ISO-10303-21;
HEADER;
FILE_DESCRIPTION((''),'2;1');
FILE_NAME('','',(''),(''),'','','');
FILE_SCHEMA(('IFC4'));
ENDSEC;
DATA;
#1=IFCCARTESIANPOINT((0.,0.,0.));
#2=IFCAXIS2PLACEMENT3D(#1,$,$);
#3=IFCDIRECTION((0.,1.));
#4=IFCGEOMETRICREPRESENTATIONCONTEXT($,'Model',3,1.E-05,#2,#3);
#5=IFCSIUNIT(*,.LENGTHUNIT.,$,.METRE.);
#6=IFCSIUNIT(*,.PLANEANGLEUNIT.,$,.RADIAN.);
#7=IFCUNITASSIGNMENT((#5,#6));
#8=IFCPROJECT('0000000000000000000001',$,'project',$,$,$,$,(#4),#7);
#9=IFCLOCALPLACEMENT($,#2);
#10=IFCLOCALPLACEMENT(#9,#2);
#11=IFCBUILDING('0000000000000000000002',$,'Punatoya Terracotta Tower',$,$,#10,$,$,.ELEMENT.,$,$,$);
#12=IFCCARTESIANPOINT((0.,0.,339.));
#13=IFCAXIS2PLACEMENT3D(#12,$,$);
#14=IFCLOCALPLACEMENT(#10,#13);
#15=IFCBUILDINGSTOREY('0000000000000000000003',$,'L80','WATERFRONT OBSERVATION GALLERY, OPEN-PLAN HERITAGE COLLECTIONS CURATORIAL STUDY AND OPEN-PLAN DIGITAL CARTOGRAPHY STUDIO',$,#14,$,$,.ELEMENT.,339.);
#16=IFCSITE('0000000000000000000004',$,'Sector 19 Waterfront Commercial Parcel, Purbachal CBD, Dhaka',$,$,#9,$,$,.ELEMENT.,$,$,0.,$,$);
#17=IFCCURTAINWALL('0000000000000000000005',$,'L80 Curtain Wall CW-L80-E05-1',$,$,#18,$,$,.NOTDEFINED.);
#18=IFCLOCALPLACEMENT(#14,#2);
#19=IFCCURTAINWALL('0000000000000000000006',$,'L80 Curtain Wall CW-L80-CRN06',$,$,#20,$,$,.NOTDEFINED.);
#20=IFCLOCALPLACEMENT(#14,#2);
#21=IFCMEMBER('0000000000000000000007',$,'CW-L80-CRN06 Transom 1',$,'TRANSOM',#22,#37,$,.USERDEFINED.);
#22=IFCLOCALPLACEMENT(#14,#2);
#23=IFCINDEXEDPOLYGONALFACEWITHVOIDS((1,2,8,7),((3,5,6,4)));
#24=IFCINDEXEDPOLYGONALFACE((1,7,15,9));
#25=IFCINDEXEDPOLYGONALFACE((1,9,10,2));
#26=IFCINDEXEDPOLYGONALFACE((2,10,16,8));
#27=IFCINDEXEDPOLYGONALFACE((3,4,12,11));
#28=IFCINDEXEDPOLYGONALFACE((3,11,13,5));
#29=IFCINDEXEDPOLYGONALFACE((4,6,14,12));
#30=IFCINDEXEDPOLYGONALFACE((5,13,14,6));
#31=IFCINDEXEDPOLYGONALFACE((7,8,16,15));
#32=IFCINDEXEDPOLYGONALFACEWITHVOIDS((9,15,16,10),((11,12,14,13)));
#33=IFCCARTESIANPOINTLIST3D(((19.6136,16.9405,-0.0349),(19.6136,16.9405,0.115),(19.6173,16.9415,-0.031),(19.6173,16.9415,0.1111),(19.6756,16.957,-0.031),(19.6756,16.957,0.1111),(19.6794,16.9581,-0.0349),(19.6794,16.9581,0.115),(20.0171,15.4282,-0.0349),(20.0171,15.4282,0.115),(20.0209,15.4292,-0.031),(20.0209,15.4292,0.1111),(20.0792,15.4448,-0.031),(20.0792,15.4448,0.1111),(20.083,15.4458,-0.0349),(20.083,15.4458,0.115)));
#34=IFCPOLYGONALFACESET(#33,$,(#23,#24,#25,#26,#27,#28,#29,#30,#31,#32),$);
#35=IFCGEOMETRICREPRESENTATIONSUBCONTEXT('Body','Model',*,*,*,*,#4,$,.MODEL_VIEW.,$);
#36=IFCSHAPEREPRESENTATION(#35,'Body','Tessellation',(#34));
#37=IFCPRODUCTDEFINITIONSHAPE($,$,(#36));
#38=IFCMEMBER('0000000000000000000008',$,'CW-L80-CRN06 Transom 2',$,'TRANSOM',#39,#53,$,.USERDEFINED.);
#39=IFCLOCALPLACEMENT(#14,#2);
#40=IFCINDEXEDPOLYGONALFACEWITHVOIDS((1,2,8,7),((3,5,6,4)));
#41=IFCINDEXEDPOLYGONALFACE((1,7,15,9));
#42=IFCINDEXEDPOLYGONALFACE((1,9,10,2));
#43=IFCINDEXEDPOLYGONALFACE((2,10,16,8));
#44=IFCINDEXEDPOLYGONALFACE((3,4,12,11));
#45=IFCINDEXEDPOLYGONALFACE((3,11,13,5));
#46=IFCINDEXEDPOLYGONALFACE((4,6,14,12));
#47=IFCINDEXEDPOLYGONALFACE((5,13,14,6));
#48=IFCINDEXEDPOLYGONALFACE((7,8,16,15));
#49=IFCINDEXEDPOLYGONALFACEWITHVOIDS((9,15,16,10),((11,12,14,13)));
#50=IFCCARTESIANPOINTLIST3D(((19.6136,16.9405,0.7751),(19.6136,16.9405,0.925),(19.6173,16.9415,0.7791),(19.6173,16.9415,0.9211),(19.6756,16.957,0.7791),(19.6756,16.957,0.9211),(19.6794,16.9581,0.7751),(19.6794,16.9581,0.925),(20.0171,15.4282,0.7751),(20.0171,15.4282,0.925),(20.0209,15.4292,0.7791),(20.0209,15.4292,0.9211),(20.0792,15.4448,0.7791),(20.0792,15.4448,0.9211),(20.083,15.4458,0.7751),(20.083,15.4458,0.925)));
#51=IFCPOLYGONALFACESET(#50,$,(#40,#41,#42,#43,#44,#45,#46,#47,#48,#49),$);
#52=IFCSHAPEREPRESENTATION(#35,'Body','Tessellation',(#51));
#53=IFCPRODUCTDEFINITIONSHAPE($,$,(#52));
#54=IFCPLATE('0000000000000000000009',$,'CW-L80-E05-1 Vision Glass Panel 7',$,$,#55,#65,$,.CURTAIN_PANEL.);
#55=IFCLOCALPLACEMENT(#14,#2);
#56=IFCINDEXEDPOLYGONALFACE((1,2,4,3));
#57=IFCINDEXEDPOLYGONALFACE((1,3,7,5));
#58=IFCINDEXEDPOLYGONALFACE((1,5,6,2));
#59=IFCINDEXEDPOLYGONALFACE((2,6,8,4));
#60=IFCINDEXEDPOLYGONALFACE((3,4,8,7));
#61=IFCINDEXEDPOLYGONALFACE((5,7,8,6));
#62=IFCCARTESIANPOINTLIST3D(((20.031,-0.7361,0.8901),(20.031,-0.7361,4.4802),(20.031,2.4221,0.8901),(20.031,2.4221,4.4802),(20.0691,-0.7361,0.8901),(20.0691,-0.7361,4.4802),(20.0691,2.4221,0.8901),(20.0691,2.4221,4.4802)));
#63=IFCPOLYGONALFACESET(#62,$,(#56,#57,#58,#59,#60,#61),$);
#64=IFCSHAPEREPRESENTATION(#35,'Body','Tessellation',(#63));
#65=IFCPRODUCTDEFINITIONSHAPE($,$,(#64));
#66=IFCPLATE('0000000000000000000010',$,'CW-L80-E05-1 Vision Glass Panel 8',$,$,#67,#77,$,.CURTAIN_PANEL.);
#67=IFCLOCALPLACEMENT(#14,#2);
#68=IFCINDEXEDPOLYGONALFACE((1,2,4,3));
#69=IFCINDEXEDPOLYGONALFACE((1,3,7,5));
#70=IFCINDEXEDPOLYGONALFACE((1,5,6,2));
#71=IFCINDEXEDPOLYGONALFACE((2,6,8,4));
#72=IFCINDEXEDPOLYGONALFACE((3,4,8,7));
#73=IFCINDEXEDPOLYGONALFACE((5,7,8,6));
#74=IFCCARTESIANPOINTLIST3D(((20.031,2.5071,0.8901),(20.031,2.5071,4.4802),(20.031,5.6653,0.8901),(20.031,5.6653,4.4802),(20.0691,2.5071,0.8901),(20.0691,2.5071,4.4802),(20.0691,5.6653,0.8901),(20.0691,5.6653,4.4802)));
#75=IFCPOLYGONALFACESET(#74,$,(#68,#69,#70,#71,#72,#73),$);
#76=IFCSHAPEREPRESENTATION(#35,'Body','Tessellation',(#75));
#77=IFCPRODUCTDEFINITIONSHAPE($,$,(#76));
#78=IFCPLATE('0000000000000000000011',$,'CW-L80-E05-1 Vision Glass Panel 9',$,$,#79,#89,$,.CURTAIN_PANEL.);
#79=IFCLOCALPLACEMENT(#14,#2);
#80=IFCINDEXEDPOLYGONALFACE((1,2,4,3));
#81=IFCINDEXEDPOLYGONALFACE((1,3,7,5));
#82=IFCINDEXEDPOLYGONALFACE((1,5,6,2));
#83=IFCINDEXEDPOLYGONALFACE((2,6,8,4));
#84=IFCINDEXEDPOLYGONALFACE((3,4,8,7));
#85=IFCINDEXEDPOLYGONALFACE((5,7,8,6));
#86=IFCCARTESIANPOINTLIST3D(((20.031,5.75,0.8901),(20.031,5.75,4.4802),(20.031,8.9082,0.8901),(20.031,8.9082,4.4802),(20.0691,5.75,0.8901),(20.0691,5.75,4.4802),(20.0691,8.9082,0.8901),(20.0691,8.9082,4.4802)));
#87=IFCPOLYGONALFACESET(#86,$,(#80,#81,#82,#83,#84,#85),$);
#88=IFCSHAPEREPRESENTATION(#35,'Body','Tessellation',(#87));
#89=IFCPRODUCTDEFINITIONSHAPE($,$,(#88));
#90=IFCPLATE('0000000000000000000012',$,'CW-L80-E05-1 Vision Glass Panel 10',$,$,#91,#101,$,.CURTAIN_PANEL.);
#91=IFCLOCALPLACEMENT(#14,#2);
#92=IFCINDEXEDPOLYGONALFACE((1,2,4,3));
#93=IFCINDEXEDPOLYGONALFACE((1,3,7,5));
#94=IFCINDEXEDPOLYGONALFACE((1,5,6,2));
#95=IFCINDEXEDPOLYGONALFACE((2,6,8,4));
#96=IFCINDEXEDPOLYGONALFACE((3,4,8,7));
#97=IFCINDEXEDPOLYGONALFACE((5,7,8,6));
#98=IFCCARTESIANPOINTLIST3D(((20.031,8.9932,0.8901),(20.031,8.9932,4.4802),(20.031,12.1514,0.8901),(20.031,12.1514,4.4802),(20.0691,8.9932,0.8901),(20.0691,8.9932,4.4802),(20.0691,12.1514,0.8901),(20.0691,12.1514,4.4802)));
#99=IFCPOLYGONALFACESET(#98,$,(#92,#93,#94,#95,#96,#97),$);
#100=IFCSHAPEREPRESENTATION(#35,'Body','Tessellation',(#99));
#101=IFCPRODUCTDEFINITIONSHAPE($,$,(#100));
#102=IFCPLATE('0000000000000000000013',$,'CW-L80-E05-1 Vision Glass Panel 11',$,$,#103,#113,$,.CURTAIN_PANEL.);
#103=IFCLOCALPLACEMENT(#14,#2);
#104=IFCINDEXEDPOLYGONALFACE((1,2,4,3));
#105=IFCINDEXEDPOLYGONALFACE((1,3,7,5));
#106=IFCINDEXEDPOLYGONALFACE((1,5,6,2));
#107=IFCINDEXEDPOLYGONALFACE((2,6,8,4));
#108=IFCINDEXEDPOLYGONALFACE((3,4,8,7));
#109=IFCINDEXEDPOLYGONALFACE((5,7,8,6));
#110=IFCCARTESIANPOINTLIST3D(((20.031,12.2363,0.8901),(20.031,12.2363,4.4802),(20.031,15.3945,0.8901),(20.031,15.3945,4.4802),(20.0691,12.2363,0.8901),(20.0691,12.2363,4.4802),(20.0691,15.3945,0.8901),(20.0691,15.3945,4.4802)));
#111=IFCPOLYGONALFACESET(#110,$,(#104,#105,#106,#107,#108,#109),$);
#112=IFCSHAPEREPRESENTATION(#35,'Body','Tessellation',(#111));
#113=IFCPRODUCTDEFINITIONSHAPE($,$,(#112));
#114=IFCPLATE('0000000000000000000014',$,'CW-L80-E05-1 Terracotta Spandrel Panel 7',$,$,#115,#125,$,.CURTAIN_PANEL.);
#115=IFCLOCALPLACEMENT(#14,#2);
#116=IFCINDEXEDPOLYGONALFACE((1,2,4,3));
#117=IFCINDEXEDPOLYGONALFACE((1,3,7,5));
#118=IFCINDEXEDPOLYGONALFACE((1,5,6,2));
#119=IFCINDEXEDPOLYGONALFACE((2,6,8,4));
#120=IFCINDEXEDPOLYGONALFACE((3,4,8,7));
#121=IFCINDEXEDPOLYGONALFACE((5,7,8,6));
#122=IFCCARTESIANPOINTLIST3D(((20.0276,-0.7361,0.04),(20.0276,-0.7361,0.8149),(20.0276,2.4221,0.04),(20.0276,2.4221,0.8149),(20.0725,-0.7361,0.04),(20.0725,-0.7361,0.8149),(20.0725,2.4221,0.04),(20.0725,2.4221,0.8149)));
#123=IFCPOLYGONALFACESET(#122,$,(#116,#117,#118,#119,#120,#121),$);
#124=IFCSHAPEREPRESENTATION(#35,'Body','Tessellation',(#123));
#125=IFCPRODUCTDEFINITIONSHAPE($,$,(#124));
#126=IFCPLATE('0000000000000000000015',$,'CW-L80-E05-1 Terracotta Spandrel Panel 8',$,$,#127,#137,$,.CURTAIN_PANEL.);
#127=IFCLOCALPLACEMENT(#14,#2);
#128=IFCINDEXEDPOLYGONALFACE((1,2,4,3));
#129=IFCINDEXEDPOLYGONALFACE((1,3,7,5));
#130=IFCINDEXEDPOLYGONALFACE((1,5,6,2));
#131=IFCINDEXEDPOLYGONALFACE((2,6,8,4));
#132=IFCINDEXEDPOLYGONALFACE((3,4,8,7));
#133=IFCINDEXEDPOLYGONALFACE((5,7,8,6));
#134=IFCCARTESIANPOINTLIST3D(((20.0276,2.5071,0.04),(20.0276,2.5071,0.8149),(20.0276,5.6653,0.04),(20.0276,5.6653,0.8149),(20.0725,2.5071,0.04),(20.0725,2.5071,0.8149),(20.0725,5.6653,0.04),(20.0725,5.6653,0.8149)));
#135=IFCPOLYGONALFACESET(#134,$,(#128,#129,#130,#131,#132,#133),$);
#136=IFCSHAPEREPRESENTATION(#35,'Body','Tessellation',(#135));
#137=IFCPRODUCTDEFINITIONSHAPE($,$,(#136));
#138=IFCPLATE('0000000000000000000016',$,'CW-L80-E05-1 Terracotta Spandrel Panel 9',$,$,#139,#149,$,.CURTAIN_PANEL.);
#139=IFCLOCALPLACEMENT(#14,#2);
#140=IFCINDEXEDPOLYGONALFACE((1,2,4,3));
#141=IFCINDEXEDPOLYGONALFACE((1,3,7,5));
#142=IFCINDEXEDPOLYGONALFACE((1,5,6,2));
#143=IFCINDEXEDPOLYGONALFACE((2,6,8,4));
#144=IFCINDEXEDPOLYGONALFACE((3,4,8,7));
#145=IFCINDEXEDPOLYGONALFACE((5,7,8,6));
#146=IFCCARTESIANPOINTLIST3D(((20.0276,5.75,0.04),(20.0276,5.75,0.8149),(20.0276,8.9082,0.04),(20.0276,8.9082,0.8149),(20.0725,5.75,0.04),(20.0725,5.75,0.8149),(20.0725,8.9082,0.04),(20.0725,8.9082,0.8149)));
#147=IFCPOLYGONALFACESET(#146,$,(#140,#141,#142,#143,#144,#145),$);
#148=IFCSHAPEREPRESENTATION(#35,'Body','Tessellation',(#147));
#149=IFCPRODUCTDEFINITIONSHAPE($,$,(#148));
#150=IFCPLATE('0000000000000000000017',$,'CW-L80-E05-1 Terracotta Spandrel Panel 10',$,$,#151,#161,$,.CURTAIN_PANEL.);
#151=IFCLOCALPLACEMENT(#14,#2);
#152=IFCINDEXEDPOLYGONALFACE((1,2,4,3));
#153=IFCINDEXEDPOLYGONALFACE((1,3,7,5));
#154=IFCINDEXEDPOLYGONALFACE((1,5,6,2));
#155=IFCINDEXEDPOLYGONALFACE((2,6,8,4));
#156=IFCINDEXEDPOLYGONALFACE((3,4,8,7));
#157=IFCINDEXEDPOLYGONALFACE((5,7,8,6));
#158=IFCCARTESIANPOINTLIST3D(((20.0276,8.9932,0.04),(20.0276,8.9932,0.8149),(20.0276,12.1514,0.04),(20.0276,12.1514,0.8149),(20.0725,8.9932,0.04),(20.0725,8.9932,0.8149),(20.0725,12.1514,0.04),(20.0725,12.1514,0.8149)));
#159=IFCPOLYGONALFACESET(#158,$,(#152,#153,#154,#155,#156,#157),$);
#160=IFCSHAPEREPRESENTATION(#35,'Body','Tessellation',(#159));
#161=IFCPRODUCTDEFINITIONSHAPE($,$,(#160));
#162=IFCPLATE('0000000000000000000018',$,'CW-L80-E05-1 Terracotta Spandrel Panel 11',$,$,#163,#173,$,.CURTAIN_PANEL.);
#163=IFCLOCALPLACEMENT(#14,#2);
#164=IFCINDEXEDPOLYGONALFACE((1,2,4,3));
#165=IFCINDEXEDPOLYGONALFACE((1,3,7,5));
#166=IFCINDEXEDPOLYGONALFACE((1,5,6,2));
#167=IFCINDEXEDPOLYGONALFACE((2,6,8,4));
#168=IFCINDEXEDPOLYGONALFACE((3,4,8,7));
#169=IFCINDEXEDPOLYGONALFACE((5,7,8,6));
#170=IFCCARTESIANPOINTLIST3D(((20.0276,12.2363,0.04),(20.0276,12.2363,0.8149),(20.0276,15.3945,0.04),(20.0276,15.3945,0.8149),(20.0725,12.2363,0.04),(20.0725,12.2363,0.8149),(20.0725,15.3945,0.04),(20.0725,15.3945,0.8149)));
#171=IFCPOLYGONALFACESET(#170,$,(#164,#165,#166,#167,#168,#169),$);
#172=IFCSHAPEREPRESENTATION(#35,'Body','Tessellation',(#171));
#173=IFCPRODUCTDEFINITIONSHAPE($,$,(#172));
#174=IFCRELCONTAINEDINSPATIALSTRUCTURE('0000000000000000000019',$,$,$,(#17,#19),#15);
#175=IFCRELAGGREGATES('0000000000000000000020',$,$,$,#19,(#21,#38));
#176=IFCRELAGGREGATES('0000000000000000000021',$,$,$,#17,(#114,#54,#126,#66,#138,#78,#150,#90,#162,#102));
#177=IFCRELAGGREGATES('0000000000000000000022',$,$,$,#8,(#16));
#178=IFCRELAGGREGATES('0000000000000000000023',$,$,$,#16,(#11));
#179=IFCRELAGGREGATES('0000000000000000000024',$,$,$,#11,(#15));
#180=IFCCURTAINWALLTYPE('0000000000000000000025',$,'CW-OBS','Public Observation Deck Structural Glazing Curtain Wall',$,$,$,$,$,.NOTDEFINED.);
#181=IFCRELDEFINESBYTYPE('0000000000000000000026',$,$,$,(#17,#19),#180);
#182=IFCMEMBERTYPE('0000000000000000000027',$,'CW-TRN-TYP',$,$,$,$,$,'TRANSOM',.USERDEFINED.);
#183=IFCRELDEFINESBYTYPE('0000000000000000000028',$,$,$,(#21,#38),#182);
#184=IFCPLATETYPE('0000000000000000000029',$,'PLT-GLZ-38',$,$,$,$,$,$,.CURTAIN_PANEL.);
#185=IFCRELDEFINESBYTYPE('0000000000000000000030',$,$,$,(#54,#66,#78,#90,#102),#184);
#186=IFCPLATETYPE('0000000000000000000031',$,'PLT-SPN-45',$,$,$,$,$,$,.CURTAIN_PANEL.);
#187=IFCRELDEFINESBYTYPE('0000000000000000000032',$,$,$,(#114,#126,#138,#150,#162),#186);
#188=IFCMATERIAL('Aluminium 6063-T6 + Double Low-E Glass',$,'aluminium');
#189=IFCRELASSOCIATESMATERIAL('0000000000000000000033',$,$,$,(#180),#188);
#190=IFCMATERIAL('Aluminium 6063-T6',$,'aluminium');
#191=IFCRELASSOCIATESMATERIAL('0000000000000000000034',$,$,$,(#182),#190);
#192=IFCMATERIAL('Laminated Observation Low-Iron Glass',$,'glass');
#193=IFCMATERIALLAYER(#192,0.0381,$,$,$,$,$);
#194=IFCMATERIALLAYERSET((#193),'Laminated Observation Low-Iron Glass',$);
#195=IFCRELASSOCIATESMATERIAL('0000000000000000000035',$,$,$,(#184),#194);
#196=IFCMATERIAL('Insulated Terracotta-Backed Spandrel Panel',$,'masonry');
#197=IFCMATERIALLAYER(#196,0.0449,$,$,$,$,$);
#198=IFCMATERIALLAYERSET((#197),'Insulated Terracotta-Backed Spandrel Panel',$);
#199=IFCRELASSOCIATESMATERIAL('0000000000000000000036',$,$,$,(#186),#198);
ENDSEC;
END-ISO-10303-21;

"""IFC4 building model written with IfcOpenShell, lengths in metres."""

from ifc_helpers import new_model, si_unit, direction, frame, origin, origin_2d, place, context, subcontext, project, spatial, rectangle, hollow_rectangle, extrude, material, layer, layer_set, material_profile, profile_set, type_object, element, aggregate, save


model = new_model("IFC4")

# Units and contexts
model_context = context("Model", 3, precision=1e-05, world=origin(), true_north=direction((0.0, 1.0)))
body_context = subcontext(model_context, "Body", "Model", "MODEL_VIEW")
ifc_project = project(units=[si_unit("LENGTHUNIT", "METRE"), si_unit("PLANEANGLEUNIT", "RADIAN")], contexts=[model_context])

# Site, building, storey
site_placement = place(None, origin())
site = spatial("IfcSite", under=ifc_project, at=site_placement, Name="Sector 19 Waterfront Commercial Parcel, Purbachal CBD, Dhaka", CompositionType="ELEMENT", RefElevation=0.0)
building_placement = place(site_placement, origin())
building = spatial("IfcBuilding", under=site, at=building_placement, Name="Punatoya Terracotta Tower", CompositionType="ELEMENT")
storey_placement = place(building_placement, frame((0.0, 0.0, 339.0)))
storey = spatial("IfcBuildingStorey", under=building, at=storey_placement, Name="L80", Description="WATERFRONT OBSERVATION GALLERY, OPEN-PLAN HERITAGE COLLECTIONS CURATORIAL STUDY AND OPEN-PLAN DIGITAL CARTOGRAPHY STUDIO", CompositionType="ELEMENT", Elevation=339.0)

# Curtain walls, members
ifc_material_1 = material(Name="Aluminium 6063-T6 + Double Low-E Glass", Category="aluminium")
curtain_wall_type = type_object("IfcCurtainWallType", Name="CW-OBS", Description="Public Observation Deck Structural Glazing Curtain Wall", PredefinedType="NOTDEFINED", material=ifc_material_1)
curtain_wall_1_placement = place(storey_placement, origin())
curtain_wall_1 = element("IfcCurtainWall", 1, at=curtain_wall_1_placement, inside=storey, type_object=curtain_wall_type, Name="L80 Curtain Wall CW-L80-E05-1", PredefinedType="NOTDEFINED")
ifc_material_2 = material(Name="Aluminium 6063-T6", Category="aluminium")
curtain_wall_2_placement = place(storey_placement, origin())
curtain_wall_2 = element("IfcCurtainWall", 2, at=curtain_wall_2_placement, inside=storey, type_object=curtain_wall_type, Name="L80 Curtain Wall CW-L80-CRN06", PredefinedType="NOTDEFINED")
ifc_material_profile_1 = material_profile(ifc_material_2, hollow_rectangle(XDim=0.0681, YDim=0.1499, WallThickness=0.0039, at=origin_2d()))
ifc_profile_set_1 = profile_set([ifc_material_profile_1], Name="Aluminium 6063-T6")
member_type_1 = type_object("IfcMemberType", Name="CW-TRN-TYP", ElementType="TRANSOM", PredefinedType="USERDEFINED", material=ifc_profile_set_1)
member_1_placement = place(storey_placement, frame((20.05, 15.437, 0.04), z_axis=(-0.257847, 0.966186, 0.0), x_axis=(-0.966186, -0.257847, 0.0)))
member_1 = element("IfcMember", 3, at=member_1_placement, type_object=member_type_1, Name="CW-L80-CRN06 Transom 1", ObjectType="TRANSOM", PredefinedType="USERDEFINED", context=body_context, shape_type="SweptSolid", body=[
    extrude(hollow_rectangle(XDim=0.0681, YDim=0.1499, WallThickness=0.0039, at=origin_2d()), origin(), (0.0, 0.0, 1.0), 1.5652),
])
member_2_placement = place(storey_placement, frame((20.05, 15.437, 0.8501), z_axis=(-0.257847, 0.966186, 0.0), x_axis=(-0.966186, -0.257847, 0.0)))
member_2 = element("IfcMember", 4, at=member_2_placement, type_object=member_type_1, Name="CW-L80-CRN06 Transom 2", ObjectType="TRANSOM", PredefinedType="USERDEFINED", context=body_context, shape_type="SweptSolid", body=[
    extrude(hollow_rectangle(XDim=0.0681, YDim=0.1499, WallThickness=0.0039, at=origin_2d()), origin(), (0.0, 0.0, 1.0), 1.5652),
])
aggregate(curtain_wall_2, [member_1, member_2])

# Plates
ifc_material_3 = material(Name="Laminated Observation Low-Iron Glass", Category="glass")
ifc_layer_1 = layer(ifc_material_3, 0.0381)
ifc_layer_set_1 = layer_set([ifc_layer_1], Name="Laminated Observation Low-Iron Glass")
plate_type_1 = type_object("IfcPlateType", Name="PLT-GLZ-38", PredefinedType="CURTAIN_PANEL", material=ifc_layer_set_1)
plate_1_placement = place(storey_placement, frame((20.05, 0.843, 0.8901), z_axis=(0.0, 0.0, 1.0), x_axis=(0.0, 1.0, 0.0)))
plate_1 = element("IfcPlate", 5, at=plate_1_placement, type_object=plate_type_1, Name="CW-L80-E05-1 Vision Glass Panel 7", PredefinedType="CURTAIN_PANEL", context=body_context, shape_type="SweptSolid", body=[
    extrude(rectangle(XDim=3.1582, YDim=0.0381, at=origin_2d()), origin(), (0.0, 0.0, 1.0), 3.5901),
])
plate_2_placement = place(storey_placement, frame((20.05, 4.0862, 0.8901), z_axis=(0.0, 0.0, 1.0), x_axis=(0.0, 1.0, 0.0)))
plate_2 = element("IfcPlate", 6, at=plate_2_placement, type_object=plate_type_1, Name="CW-L80-E05-1 Vision Glass Panel 8", PredefinedType="CURTAIN_PANEL", context=body_context, shape_type="SweptSolid", body=[
    extrude(rectangle(XDim=3.1582, YDim=0.0381, at=origin_2d()), origin(), (0.0, 0.0, 1.0), 3.5901),
])
plate_3_placement = place(storey_placement, frame((20.05, 7.3291, 0.8901), z_axis=(0.0, 0.0, 1.0), x_axis=(0.0, 1.0, 0.0)))
plate_3 = element("IfcPlate", 7, at=plate_3_placement, type_object=plate_type_1, Name="CW-L80-E05-1 Vision Glass Panel 9", PredefinedType="CURTAIN_PANEL", context=body_context, shape_type="SweptSolid", body=[
    extrude(rectangle(XDim=3.1582, YDim=0.0381, at=origin_2d()), origin(), (0.0, 0.0, 1.0), 3.5901),
])
plate_4_placement = place(storey_placement, frame((20.05, 10.5723, 0.8901), z_axis=(0.0, 0.0, 1.0), x_axis=(0.0, 1.0, 0.0)))
plate_4 = element("IfcPlate", 8, at=plate_4_placement, type_object=plate_type_1, Name="CW-L80-E05-1 Vision Glass Panel 10", PredefinedType="CURTAIN_PANEL", context=body_context, shape_type="SweptSolid", body=[
    extrude(rectangle(XDim=3.1582, YDim=0.0381, at=origin_2d()), origin(), (0.0, 0.0, 1.0), 3.5901),
])
plate_5_placement = place(storey_placement, frame((20.05, 13.8154, 0.8901), z_axis=(0.0, 0.0, 1.0), x_axis=(0.0, 1.0, 0.0)))
plate_5 = element("IfcPlate", 9, at=plate_5_placement, type_object=plate_type_1, Name="CW-L80-E05-1 Vision Glass Panel 11", PredefinedType="CURTAIN_PANEL", context=body_context, shape_type="SweptSolid", body=[
    extrude(rectangle(XDim=3.1582, YDim=0.0381, at=origin_2d()), origin(), (0.0, 0.0, 1.0), 3.5901),
])
ifc_material_4 = material(Name="Insulated Terracotta-Backed Spandrel Panel", Category="masonry")
ifc_layer_2 = layer(ifc_material_4, 0.0449)
ifc_layer_set_2 = layer_set([ifc_layer_2], Name="Insulated Terracotta-Backed Spandrel Panel")
plate_type_2 = type_object("IfcPlateType", Name="PLT-SPN-45", PredefinedType="CURTAIN_PANEL", material=ifc_layer_set_2)
plate_6_placement = place(storey_placement, frame((20.05, 0.843, 0.04), z_axis=(0.0, 0.0, 1.0), x_axis=(0.0, 1.0, 0.0)))
plate_6 = element("IfcPlate", 10, at=plate_6_placement, type_object=plate_type_2, Name="CW-L80-E05-1 Terracotta Spandrel Panel 7", PredefinedType="CURTAIN_PANEL", context=body_context, shape_type="SweptSolid", body=[
    extrude(rectangle(XDim=3.1582, YDim=0.0449, at=origin_2d()), origin(), (0.0, 0.0, 1.0), 0.7749),
])
plate_7_placement = place(storey_placement, frame((20.05, 4.0862, 0.04), z_axis=(0.0, 0.0, 1.0), x_axis=(0.0, 1.0, 0.0)))
plate_7 = element("IfcPlate", 11, at=plate_7_placement, type_object=plate_type_2, Name="CW-L80-E05-1 Terracotta Spandrel Panel 8", PredefinedType="CURTAIN_PANEL", context=body_context, shape_type="SweptSolid", body=[
    extrude(rectangle(XDim=3.1582, YDim=0.0449, at=origin_2d()), origin(), (0.0, 0.0, 1.0), 0.7749),
])
plate_8_placement = place(storey_placement, frame((20.05, 7.3291, 0.04), z_axis=(0.0, 0.0, 1.0), x_axis=(0.0, 1.0, 0.0)))
plate_8 = element("IfcPlate", 12, at=plate_8_placement, type_object=plate_type_2, Name="CW-L80-E05-1 Terracotta Spandrel Panel 9", PredefinedType="CURTAIN_PANEL", context=body_context, shape_type="SweptSolid", body=[
    extrude(rectangle(XDim=3.1582, YDim=0.0449, at=origin_2d()), origin(), (0.0, 0.0, 1.0), 0.7749),
])
plate_9_placement = place(storey_placement, frame((20.05, 10.5723, 0.04), z_axis=(0.0, 0.0, 1.0), x_axis=(0.0, 1.0, 0.0)))
plate_9 = element("IfcPlate", 13, at=plate_9_placement, type_object=plate_type_2, Name="CW-L80-E05-1 Terracotta Spandrel Panel 10", PredefinedType="CURTAIN_PANEL", context=body_context, shape_type="SweptSolid", body=[
    extrude(rectangle(XDim=3.1582, YDim=0.0449, at=origin_2d()), origin(), (0.0, 0.0, 1.0), 0.7749),
])
plate_10_placement = place(storey_placement, frame((20.05, 13.8154, 0.04), z_axis=(0.0, 0.0, 1.0), x_axis=(0.0, 1.0, 0.0)))
plate_10 = element("IfcPlate", 14, at=plate_10_placement, type_object=plate_type_2, Name="CW-L80-E05-1 Terracotta Spandrel Panel 11", PredefinedType="CURTAIN_PANEL", context=body_context, shape_type="SweptSolid", body=[
    extrude(rectangle(XDim=3.1582, YDim=0.0449, at=origin_2d()), origin(), (0.0, 0.0, 1.0), 0.7749),
])
aggregate(curtain_wall_1, [plate_6, plate_1, plate_7, plate_2, plate_8, plate_3, plate_9, plate_4, plate_10, plate_5])

save(model, "model.ifc")
